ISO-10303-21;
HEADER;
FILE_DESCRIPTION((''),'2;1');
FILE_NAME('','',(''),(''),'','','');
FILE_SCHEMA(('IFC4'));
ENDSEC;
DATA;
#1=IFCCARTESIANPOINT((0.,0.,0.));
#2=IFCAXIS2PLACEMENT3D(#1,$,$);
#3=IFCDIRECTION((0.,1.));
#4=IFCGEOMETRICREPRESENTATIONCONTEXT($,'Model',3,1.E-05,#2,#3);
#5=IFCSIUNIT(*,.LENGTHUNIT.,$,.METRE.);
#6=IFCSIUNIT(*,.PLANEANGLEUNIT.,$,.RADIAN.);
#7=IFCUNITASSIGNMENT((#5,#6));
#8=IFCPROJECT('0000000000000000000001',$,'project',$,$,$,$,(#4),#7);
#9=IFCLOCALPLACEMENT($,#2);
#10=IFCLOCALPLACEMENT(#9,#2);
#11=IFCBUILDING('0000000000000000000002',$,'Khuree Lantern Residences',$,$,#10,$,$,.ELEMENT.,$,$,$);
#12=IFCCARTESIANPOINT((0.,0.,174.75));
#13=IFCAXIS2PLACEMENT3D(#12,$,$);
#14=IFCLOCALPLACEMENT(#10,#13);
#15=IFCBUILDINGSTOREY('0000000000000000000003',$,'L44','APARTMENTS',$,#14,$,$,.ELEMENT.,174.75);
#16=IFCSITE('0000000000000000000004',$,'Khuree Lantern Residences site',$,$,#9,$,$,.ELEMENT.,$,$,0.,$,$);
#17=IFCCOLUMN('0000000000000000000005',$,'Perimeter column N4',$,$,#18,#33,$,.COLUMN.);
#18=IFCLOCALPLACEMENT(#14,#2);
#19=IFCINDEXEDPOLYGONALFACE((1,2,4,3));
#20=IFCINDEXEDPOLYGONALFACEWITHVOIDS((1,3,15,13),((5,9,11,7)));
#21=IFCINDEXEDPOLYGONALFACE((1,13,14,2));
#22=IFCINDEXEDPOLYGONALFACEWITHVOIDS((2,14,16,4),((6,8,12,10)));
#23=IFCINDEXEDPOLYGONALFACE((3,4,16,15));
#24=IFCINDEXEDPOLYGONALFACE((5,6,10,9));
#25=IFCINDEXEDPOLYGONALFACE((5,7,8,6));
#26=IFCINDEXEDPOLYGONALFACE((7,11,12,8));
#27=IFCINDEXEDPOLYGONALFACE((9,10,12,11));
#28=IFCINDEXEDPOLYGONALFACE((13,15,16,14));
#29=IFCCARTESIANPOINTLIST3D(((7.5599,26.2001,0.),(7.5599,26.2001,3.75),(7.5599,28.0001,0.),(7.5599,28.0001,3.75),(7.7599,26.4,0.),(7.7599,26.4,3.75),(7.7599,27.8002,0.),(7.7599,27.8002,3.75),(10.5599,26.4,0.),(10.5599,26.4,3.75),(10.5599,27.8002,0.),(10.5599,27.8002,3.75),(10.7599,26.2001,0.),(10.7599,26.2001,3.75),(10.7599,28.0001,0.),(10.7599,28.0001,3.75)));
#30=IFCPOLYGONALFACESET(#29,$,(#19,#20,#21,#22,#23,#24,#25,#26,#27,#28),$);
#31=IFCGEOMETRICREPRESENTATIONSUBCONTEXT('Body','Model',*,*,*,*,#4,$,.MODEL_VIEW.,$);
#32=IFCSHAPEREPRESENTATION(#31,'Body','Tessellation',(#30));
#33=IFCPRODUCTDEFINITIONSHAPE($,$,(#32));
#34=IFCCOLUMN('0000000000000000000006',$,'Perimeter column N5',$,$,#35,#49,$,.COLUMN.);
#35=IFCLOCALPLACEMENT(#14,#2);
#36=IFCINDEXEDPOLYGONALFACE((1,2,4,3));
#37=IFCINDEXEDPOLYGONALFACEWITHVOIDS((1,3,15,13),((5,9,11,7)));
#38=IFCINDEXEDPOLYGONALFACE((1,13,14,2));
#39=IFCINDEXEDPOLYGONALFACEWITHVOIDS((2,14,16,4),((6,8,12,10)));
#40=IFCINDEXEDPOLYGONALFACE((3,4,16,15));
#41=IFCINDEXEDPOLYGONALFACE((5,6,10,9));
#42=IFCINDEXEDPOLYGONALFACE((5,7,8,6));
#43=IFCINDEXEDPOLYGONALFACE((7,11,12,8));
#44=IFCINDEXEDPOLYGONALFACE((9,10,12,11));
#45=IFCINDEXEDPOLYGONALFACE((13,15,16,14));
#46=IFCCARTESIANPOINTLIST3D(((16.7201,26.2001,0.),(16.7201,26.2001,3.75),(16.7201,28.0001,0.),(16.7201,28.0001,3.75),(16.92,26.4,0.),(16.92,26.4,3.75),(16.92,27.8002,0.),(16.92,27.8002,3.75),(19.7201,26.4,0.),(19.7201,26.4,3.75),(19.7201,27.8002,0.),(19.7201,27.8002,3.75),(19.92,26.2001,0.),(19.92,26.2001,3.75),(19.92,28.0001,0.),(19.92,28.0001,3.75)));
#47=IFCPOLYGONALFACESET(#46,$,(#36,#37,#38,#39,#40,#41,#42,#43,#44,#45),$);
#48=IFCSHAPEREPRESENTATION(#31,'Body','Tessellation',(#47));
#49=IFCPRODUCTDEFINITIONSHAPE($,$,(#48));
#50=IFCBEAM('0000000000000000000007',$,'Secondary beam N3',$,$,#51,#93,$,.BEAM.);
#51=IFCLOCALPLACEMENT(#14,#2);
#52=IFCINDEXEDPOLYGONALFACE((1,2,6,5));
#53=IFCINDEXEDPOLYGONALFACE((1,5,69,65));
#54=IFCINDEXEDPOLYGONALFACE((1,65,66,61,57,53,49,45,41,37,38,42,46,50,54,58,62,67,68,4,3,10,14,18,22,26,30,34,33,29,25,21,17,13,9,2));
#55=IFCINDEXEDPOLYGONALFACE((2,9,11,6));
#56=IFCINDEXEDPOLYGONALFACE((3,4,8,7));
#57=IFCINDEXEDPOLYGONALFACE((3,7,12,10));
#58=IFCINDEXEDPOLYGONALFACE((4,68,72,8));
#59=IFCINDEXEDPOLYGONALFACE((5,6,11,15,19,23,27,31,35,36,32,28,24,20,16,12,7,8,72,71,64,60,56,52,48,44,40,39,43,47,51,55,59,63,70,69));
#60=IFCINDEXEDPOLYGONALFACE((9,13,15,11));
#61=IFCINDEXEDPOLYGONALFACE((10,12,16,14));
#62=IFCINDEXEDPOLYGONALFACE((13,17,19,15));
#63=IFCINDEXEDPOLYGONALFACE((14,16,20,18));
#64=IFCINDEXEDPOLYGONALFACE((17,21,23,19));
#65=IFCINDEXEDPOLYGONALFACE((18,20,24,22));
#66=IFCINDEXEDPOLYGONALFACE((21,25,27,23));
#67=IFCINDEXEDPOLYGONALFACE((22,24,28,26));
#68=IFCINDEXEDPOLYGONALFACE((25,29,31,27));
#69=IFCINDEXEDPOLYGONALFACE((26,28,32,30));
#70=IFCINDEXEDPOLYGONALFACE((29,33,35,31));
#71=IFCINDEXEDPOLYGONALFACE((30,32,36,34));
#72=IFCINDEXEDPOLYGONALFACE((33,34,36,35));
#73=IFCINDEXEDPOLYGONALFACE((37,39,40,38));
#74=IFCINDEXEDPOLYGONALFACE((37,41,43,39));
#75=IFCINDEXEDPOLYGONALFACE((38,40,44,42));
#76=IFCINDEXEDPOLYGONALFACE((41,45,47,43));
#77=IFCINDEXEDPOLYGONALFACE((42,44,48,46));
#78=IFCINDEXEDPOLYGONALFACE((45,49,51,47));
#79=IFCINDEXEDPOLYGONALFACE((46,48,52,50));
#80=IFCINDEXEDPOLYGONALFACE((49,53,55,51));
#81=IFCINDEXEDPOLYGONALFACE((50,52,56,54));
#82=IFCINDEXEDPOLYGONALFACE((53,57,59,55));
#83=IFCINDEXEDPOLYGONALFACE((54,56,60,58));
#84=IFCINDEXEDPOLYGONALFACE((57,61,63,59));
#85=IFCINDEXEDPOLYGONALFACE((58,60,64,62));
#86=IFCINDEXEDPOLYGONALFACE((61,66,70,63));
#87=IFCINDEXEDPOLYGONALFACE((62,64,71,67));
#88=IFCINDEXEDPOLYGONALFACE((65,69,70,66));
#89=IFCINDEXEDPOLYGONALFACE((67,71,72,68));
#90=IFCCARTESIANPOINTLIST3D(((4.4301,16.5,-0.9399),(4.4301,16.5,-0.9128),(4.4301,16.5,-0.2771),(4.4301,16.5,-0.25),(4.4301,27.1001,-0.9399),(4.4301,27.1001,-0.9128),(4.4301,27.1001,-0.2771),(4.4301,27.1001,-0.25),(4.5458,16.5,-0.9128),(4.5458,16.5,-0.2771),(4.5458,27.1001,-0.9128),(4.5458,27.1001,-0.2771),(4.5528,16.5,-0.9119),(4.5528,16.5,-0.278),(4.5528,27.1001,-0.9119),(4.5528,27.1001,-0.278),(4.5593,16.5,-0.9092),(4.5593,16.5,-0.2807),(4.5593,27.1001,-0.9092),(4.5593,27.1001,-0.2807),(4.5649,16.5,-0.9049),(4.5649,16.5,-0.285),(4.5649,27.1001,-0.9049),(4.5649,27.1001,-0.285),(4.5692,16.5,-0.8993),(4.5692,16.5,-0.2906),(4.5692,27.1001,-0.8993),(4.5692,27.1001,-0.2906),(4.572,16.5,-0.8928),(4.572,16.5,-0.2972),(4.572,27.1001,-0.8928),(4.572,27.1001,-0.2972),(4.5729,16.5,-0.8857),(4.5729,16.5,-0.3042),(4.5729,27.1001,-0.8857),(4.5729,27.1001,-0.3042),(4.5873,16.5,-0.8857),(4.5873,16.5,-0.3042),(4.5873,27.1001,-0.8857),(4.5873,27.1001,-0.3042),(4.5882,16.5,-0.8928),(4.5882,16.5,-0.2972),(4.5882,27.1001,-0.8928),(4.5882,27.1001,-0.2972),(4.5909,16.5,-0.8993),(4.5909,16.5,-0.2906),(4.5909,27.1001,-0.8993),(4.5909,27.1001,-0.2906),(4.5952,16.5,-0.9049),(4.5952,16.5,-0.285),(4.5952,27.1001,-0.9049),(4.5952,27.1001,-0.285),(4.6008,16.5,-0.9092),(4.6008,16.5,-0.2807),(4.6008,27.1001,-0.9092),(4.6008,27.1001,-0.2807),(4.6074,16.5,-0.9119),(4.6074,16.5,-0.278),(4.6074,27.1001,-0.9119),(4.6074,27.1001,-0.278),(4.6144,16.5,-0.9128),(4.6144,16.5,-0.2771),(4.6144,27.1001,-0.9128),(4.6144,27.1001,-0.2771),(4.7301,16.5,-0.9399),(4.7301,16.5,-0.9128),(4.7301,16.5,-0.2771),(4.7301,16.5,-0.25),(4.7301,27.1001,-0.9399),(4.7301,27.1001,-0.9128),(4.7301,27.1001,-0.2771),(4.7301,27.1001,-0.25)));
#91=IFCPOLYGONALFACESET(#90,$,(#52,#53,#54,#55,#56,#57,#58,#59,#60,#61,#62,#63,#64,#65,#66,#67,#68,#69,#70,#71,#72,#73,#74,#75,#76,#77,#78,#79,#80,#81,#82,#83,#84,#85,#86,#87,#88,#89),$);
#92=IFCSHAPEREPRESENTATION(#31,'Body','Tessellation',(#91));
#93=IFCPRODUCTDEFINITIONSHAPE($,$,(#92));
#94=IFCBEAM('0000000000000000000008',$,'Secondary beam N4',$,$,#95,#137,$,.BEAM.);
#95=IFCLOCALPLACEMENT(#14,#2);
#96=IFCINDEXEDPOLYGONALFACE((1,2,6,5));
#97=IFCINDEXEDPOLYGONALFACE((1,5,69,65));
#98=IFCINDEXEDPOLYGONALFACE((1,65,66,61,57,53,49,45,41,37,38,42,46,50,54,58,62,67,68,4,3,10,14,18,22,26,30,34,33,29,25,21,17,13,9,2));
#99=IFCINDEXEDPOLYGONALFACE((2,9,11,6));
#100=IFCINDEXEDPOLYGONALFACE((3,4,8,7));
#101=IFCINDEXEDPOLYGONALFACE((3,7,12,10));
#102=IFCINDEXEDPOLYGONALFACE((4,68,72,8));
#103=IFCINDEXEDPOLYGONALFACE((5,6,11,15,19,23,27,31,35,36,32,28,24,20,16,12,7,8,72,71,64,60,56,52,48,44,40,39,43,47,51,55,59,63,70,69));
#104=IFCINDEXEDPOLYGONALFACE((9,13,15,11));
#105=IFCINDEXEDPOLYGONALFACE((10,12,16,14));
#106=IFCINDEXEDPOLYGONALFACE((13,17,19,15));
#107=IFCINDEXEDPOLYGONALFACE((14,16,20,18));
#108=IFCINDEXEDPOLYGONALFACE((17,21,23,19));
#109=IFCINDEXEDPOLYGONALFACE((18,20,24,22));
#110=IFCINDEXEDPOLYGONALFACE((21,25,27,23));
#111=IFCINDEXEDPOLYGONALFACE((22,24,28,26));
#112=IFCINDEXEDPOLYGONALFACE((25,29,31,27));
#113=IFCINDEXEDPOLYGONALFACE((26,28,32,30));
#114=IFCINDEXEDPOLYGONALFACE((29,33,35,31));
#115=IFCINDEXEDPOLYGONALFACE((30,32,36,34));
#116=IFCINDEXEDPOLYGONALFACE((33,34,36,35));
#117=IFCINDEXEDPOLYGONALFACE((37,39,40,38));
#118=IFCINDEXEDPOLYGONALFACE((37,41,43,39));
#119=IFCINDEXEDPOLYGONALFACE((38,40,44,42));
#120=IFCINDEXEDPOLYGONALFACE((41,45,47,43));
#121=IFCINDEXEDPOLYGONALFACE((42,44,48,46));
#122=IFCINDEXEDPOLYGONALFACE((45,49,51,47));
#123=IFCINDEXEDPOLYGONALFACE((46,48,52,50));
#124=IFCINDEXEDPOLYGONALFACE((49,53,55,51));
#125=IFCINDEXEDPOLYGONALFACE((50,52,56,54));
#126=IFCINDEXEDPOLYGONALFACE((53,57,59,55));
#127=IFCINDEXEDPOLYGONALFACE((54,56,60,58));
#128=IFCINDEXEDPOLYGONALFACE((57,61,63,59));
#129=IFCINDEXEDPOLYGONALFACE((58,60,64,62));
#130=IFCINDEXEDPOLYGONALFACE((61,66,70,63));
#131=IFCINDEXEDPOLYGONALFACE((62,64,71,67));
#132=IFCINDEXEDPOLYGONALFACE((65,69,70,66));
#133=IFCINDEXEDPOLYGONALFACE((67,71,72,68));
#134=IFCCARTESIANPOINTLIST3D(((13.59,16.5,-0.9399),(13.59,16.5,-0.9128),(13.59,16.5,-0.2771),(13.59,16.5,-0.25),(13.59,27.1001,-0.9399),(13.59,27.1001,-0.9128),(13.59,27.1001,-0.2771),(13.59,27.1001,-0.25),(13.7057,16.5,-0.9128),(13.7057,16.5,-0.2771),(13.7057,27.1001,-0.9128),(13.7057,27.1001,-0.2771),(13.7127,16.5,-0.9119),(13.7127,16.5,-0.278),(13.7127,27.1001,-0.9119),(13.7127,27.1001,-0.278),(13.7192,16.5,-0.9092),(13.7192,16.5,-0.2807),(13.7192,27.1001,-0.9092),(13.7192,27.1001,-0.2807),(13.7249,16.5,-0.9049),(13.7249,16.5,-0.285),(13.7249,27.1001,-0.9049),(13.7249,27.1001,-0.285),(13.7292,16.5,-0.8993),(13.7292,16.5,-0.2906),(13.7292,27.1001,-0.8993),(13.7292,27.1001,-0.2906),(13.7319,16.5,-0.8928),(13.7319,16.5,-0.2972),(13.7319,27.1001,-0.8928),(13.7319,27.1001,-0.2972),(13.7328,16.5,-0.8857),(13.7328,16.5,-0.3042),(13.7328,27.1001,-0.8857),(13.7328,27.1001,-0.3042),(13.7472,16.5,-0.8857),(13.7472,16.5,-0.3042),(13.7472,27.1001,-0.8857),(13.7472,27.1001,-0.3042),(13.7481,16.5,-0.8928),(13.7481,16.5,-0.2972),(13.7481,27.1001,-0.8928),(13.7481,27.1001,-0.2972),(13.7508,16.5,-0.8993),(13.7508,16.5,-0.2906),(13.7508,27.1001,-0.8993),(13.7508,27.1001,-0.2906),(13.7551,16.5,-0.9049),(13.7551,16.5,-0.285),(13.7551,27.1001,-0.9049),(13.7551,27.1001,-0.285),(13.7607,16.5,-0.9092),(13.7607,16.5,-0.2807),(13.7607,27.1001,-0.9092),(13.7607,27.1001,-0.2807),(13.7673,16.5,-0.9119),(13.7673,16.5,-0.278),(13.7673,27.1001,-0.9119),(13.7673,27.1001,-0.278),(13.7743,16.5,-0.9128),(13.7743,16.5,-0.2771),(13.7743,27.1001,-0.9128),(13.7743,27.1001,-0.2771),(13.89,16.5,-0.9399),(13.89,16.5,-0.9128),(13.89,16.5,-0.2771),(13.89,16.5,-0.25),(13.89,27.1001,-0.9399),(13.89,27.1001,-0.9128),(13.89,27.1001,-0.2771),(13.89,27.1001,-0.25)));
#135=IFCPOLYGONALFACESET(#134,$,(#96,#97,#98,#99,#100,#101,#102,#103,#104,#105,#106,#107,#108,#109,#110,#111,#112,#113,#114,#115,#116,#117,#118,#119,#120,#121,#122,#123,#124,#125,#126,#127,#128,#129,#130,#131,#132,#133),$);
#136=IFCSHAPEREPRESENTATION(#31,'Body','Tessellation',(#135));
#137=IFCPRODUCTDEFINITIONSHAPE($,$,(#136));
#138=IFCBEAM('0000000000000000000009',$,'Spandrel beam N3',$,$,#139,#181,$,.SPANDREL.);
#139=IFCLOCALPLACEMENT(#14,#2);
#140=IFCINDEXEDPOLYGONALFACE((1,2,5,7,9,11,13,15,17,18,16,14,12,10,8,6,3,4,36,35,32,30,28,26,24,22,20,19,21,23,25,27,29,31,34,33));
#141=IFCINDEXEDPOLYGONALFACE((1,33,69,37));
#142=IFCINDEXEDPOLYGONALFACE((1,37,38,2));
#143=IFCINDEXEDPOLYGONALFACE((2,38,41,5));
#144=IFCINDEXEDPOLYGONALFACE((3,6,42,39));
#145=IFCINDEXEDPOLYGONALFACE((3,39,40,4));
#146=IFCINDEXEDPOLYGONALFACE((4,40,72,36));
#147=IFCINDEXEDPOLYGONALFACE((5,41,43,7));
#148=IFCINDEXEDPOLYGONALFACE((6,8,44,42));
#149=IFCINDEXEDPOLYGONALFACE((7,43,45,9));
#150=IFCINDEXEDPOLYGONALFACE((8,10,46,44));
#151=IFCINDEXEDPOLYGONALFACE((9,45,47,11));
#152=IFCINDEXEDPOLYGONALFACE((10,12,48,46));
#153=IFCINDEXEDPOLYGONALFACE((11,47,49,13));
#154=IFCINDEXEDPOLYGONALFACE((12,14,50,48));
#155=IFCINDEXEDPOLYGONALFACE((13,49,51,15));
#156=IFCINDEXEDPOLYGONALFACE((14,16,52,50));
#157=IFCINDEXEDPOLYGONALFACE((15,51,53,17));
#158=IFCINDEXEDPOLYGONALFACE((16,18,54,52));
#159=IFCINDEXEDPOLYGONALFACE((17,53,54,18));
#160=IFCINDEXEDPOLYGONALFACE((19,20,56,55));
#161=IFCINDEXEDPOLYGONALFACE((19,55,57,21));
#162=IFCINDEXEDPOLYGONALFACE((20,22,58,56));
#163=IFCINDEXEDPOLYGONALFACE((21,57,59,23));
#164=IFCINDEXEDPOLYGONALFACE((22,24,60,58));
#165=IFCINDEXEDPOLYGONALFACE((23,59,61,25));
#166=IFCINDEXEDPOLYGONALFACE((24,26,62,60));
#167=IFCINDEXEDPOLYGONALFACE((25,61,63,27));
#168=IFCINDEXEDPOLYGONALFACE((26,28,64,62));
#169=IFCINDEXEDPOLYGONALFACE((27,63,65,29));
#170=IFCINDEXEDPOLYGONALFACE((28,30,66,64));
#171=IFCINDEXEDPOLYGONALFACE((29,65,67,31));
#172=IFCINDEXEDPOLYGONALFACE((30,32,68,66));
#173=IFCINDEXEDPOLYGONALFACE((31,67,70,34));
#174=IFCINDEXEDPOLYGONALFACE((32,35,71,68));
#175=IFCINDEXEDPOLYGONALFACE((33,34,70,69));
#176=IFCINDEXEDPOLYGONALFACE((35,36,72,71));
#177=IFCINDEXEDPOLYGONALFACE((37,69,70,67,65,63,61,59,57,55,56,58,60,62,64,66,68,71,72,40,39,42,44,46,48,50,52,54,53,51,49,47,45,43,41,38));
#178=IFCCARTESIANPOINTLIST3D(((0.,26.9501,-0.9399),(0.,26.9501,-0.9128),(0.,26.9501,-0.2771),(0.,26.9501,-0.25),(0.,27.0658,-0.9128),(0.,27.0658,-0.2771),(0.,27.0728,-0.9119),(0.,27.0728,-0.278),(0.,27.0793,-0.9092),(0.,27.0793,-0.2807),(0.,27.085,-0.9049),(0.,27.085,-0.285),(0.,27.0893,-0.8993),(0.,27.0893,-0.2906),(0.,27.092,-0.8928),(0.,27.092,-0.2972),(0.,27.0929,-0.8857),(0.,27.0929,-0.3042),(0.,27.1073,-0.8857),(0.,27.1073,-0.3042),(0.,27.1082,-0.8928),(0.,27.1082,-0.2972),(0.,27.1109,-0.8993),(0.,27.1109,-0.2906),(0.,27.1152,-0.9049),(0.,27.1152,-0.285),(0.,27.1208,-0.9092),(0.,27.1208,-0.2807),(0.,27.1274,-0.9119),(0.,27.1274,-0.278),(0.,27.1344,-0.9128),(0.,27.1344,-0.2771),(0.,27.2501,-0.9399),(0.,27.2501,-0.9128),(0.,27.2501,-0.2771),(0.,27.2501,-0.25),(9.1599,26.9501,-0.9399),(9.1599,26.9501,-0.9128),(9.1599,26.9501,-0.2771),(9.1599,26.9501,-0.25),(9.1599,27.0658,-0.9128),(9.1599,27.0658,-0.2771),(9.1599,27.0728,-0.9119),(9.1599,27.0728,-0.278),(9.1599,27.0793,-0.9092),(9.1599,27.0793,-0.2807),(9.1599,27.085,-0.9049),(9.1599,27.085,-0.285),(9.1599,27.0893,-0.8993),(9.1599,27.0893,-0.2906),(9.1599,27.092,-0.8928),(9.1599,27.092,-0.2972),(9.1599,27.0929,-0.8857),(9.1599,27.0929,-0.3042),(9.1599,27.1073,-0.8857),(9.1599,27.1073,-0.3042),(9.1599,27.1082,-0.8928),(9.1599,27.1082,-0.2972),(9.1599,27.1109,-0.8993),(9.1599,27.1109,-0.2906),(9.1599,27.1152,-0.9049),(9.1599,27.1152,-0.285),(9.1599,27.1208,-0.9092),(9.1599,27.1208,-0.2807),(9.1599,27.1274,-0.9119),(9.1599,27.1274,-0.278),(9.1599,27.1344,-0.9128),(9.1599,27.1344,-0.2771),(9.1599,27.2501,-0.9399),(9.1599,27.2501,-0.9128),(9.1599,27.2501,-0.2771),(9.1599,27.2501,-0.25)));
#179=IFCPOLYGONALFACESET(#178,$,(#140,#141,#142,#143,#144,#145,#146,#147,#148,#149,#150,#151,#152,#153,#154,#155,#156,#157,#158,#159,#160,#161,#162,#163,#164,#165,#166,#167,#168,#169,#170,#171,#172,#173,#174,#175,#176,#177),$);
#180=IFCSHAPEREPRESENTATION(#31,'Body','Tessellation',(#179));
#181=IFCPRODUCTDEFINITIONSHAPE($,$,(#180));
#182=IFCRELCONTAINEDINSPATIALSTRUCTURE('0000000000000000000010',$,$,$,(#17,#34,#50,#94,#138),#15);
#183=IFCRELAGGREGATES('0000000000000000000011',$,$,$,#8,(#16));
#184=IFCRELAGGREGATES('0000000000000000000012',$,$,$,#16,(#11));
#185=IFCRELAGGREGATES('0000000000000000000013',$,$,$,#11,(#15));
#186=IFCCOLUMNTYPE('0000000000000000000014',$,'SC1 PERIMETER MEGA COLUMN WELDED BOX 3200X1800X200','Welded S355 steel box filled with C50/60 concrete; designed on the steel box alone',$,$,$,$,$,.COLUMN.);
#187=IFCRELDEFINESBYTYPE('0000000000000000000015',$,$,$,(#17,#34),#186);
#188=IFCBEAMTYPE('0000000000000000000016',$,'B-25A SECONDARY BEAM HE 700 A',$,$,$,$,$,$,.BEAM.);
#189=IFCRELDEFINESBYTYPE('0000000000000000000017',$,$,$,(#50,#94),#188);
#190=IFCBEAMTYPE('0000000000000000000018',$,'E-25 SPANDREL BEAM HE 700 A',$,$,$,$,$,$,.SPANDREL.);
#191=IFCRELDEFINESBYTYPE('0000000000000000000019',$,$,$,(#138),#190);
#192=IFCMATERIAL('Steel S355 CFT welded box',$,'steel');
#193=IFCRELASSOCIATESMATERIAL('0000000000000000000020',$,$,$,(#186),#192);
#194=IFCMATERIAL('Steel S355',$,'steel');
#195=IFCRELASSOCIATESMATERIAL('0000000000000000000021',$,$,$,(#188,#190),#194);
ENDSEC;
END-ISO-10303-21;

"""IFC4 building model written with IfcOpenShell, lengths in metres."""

from ifc_helpers import new_model, si_unit, direction, frame, origin, origin_2d, place, context, subcontext, project, spatial, hollow_rectangle, i_section, extrude, material, material_profile, profile_set, type_object, element, save


model = new_model("IFC4")

# Units and contexts
model_context = context("Model", 3, precision=1e-05, world=origin(), true_north=direction((0.0, 1.0)))
body_context = subcontext(model_context, "Body", "Model", "MODEL_VIEW")
ifc_project = project(units=[si_unit("LENGTHUNIT", "METRE"), si_unit("PLANEANGLEUNIT", "RADIAN")], contexts=[model_context])

# Site, building, storey
site_placement = place(None, origin())
site = spatial("IfcSite", under=ifc_project, at=site_placement, Name="Khuree Lantern Residences site", CompositionType="ELEMENT", RefElevation=0.0)
building_placement = place(site_placement, origin())
building = spatial("IfcBuilding", under=site, at=building_placement, Name="Khuree Lantern Residences", CompositionType="ELEMENT")
storey_placement = place(building_placement, frame((0.0, 0.0, 174.75)))
storey = spatial("IfcBuildingStorey", under=building, at=storey_placement, Name="L44", Description="APARTMENTS", CompositionType="ELEMENT", Elevation=174.75)

# Columns
ifc_material_1 = material(Name="Steel S355 CFT welded box", Category="steel")
ifc_material_profile_1 = material_profile(ifc_material_1, hollow_rectangle(XDim=3.2, YDim=1.8, WallThickness=0.2, at=origin_2d()), Name="WELDED BOX 3200X1800X200")
ifc_profile_set_1 = profile_set([ifc_material_profile_1], Name="Steel S355 CFT welded box")
column_type = type_object("IfcColumnType", Name="SC1 PERIMETER MEGA COLUMN WELDED BOX 3200X1800X200", Description="Welded S355 steel box filled with C50/60 concrete; designed on the steel box alone", PredefinedType="COLUMN", material=ifc_profile_set_1)
for number, where, z_axis, x_axis, name in (
    (1, (9.1599, 27.1001, 0.0), (0.0, 0.0, 1.0), (1.0, 0.0, 0.0), "Perimeter column N4"),
    (2, (18.3201, 27.1001, 0.0), (0.0, 0.0, 1.0), (1.0, 0.0, 0.0), "Perimeter column N5"),
):
    element("IfcColumn", number, at=place(storey_placement, frame(where, z_axis=z_axis, x_axis=x_axis)), inside=storey, type_object=column_type, Name=name, PredefinedType="COLUMN", context=body_context, shape_type="SweptSolid", body=[
        extrude(hollow_rectangle(XDim=3.2, YDim=1.8, WallThickness=0.2, at=origin_2d()), origin(), (0.0, 0.0, 1.0), 3.75),
    ])

# Beams
ifc_material_2 = material(Name="Steel S355", Category="steel")
ifc_material_profile_2 = material_profile(ifc_material_2, i_section(OverallWidth=0.3, OverallDepth=0.6899, WebThickness=0.0144, FlangeThickness=0.0271, FilletRadius=0.0271, at=origin_2d()), Name="HE 700 A")
ifc_profile_set_2 = profile_set([ifc_material_profile_2], Name="Steel S355")
beam_type_1 = type_object("IfcBeamType", Name="B-25A SECONDARY BEAM HE 700 A", PredefinedType="BEAM", material=ifc_profile_set_2)
for number, where, z_axis, x_axis, name in (
    (3, (4.5801, 27.1001, -0.595), (0.0, -1.0, 0.0), (1.0, 0.0, 0.0), "Secondary beam N3"),
    (4, (13.74, 27.1001, -0.595), (0.0, -1.0, 0.0), (1.0, 0.0, 0.0), "Secondary beam N4"),
):
    element("IfcBeam", number, at=place(storey_placement, frame(where, z_axis=z_axis, x_axis=x_axis)), inside=storey, type_object=beam_type_1, Name=name, PredefinedType="BEAM", context=body_context, shape_type="SweptSolid", body=[
        extrude(i_section(OverallWidth=0.3, OverallDepth=0.6899, WebThickness=0.0144, FlangeThickness=0.0271, FilletRadius=0.0271, at=origin_2d()), origin(), (0.0, 0.0, 1.0), 10.6001),
    ])
ifc_material_profile_3 = material_profile(ifc_material_2, i_section(OverallWidth=0.3, OverallDepth=0.6899, WebThickness=0.0144, FlangeThickness=0.0271, FilletRadius=0.0271, at=origin_2d()), Name="HE 700 A")
ifc_profile_set_3 = profile_set([ifc_material_profile_3], Name="Steel S355")
beam_type_2 = type_object("IfcBeamType", Name="E-25 SPANDREL BEAM HE 700 A", PredefinedType="SPANDREL", material=ifc_profile_set_3)
beam_1_placement = place(storey_placement, frame((0.0, 27.1001, -0.595), z_axis=(1.0, 0.0, 0.0), x_axis=(0.0, 1.0, 0.0)))
element("IfcBeam", 5, at=beam_1_placement, inside=storey, type_object=beam_type_2, Name="Spandrel beam N3", PredefinedType="SPANDREL", context=body_context, shape_type="SweptSolid", body=[
    extrude(i_section(OverallWidth=0.3, OverallDepth=0.6899, WebThickness=0.0144, FlangeThickness=0.0271, FilletRadius=0.0271, at=origin_2d()), origin(), (0.0, 0.0, 1.0), 9.1599),
])

save(model, "model.ifc")
